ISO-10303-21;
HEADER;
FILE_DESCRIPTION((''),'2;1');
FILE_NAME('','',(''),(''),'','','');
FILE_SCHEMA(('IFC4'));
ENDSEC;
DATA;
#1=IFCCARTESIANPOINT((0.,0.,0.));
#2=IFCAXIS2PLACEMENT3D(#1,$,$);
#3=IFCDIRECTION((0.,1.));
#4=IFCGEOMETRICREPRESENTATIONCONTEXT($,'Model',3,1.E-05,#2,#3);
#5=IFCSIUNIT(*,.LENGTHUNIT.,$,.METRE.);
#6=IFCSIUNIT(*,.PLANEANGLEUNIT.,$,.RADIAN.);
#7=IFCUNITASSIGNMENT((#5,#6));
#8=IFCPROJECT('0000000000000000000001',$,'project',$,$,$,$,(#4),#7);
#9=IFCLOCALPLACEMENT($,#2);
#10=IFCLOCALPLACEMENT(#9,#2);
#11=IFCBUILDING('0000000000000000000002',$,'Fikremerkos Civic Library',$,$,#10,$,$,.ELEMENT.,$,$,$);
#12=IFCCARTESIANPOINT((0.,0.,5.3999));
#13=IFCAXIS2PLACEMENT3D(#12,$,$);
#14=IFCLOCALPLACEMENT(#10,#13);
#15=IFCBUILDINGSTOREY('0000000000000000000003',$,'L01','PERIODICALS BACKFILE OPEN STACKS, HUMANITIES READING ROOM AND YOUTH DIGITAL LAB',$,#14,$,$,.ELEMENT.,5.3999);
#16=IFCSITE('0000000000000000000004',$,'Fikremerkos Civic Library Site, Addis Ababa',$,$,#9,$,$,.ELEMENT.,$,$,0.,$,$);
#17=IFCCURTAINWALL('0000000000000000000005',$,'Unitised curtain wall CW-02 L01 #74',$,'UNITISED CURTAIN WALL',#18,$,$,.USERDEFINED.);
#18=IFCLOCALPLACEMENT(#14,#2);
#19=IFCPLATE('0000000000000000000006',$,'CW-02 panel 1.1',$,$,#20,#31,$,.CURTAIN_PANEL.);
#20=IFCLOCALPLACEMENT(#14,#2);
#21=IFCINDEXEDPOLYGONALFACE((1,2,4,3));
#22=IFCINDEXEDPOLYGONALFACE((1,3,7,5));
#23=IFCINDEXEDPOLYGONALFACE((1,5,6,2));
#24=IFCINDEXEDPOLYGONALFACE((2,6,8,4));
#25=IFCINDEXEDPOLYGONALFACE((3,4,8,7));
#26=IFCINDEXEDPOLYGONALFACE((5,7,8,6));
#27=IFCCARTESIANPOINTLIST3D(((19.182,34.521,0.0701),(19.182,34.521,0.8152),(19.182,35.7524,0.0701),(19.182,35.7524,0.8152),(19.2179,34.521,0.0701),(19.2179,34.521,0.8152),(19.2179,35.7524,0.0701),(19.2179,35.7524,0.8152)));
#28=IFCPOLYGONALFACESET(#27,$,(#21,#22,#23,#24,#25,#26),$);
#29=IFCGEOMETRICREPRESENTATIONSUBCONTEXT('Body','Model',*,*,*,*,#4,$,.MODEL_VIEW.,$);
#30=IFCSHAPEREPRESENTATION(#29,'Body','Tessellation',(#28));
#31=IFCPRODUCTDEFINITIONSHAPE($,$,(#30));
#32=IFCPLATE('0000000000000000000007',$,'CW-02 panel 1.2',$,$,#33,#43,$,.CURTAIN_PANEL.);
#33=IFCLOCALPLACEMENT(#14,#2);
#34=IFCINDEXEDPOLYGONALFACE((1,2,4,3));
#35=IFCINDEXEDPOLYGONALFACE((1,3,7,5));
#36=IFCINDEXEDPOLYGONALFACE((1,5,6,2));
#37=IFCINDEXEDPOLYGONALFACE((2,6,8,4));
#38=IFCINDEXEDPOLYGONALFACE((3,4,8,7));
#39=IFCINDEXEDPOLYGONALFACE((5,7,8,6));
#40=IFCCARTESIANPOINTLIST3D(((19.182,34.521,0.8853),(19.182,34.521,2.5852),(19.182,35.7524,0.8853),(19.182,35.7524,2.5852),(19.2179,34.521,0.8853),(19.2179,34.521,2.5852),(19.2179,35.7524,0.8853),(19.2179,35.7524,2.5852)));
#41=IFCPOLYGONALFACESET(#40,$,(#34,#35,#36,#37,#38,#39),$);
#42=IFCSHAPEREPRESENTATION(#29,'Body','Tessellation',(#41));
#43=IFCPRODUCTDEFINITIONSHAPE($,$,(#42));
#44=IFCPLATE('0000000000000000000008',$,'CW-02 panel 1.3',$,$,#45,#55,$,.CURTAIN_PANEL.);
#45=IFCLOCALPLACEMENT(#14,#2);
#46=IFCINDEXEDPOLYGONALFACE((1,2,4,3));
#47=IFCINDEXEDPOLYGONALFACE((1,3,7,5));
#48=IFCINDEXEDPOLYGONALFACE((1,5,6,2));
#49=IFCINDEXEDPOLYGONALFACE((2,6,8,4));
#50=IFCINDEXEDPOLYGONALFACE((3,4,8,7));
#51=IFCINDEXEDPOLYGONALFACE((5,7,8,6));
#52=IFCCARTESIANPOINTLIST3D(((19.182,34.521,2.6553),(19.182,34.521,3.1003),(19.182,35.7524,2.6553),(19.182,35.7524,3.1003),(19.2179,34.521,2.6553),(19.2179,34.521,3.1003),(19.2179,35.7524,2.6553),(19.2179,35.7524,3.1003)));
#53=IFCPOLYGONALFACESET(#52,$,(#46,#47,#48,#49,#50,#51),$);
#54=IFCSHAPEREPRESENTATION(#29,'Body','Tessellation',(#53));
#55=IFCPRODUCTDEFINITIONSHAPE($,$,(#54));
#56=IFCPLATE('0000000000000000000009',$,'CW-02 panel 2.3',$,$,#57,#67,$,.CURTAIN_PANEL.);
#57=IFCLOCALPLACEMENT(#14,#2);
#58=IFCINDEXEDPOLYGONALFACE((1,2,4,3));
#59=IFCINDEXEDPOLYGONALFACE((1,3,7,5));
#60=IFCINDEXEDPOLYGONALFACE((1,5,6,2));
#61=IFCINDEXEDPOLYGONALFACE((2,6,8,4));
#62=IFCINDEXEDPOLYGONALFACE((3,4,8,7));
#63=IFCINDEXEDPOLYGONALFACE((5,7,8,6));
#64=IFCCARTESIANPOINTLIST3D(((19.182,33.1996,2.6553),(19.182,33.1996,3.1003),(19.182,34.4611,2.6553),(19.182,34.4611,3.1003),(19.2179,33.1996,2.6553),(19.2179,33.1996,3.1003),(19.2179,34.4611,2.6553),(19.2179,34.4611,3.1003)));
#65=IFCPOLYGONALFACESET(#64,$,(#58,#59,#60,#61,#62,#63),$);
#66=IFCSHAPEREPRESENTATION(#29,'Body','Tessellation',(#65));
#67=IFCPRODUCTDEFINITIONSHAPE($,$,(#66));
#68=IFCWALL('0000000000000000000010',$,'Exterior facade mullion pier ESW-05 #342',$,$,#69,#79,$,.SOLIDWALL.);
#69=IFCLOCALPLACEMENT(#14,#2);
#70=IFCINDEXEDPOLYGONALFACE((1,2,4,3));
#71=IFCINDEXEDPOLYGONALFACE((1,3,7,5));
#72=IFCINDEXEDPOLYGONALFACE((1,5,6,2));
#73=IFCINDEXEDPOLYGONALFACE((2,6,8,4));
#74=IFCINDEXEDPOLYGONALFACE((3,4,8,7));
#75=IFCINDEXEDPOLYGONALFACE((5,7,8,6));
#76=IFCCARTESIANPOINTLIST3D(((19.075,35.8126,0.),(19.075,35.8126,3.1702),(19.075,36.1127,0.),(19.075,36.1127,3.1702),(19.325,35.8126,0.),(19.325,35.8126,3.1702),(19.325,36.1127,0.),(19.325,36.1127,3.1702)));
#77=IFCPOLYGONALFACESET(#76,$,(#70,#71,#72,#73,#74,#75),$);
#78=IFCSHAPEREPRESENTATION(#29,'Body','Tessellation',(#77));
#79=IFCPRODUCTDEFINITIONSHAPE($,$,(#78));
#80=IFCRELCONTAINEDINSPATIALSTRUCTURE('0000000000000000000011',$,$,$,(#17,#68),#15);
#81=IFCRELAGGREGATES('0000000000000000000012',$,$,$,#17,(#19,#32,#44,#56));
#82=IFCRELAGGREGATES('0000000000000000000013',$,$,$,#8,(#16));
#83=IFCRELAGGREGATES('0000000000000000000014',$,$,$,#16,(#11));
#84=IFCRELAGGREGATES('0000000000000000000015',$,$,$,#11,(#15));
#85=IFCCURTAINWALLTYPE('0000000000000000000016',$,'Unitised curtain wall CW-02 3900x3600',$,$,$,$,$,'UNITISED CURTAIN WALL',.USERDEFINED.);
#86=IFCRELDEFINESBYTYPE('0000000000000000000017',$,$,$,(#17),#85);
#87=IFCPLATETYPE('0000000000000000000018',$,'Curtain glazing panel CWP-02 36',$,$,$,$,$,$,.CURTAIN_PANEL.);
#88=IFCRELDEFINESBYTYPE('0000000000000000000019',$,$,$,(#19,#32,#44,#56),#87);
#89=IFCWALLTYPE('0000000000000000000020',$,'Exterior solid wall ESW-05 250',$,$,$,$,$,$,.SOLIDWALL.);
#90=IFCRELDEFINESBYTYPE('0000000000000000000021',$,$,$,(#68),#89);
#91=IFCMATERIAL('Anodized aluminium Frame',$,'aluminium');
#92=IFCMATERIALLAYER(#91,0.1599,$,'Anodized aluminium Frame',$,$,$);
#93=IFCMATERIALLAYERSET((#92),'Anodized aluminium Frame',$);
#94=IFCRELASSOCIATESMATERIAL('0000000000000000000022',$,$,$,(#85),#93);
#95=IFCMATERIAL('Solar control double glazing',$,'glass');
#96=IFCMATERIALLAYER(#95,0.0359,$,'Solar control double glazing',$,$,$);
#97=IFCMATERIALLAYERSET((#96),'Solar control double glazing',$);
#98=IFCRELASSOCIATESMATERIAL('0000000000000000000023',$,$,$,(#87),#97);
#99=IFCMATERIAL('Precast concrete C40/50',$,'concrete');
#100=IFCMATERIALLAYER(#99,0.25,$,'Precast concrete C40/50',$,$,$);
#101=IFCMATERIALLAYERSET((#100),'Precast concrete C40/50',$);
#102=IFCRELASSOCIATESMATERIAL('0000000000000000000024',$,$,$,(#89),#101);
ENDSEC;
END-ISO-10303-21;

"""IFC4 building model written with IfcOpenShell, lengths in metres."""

from ifc_helpers import new_model, si_unit, direction, frame, frame_2d, origin, origin_2d, place, context, subcontext, project, spatial, rectangle, extrude, material, layer, layer_set, type_object, element, aggregate, save


model = new_model("IFC4")

# Units and contexts
model_context = context("Model", 3, precision=1e-05, world=origin(), true_north=direction((0.0, 1.0)))
body_context = subcontext(model_context, "Body", "Model", "MODEL_VIEW")
ifc_project = project(units=[si_unit("LENGTHUNIT", "METRE"), si_unit("PLANEANGLEUNIT", "RADIAN")], contexts=[model_context])

# Site, building, storey
site_placement = place(None, origin())
site = spatial("IfcSite", under=ifc_project, at=site_placement, Name="Fikremerkos Civic Library Site, Addis Ababa", CompositionType="ELEMENT", RefElevation=0.0)
building_placement = place(site_placement, origin())
building = spatial("IfcBuilding", under=site, at=building_placement, Name="Fikremerkos Civic Library", CompositionType="ELEMENT")
storey_placement = place(building_placement, frame((0.0, 0.0, 5.3999)))
storey = spatial("IfcBuildingStorey", under=building, at=storey_placement, Name="L01", Description="PERIODICALS BACKFILE OPEN STACKS, HUMANITIES READING ROOM AND YOUTH DIGITAL LAB", CompositionType="ELEMENT", Elevation=5.3999)

# Curtain wall
ifc_material_1 = material(Name="Anodized aluminium Frame", Category="aluminium")
ifc_layer_1 = layer(ifc_material_1, 0.1599, Name="Anodized aluminium Frame")
ifc_layer_set_1 = layer_set([ifc_layer_1], Name="Anodized aluminium Frame")
curtain_wall_type_1 = type_object("IfcCurtainWallType", Name="Unitised curtain wall CW-02 3900x3600", ElementType="UNITISED CURTAIN WALL", PredefinedType="USERDEFINED", material=ifc_layer_set_1)
curtain_wall_1_placement = place(storey_placement, origin())
curtain_wall_1 = element("IfcCurtainWall", 1, at=curtain_wall_1_placement, inside=storey, type_object=curtain_wall_type_1, Name="Unitised curtain wall CW-02 L01 #74", ObjectType="UNITISED CURTAIN WALL", PredefinedType="USERDEFINED")

# Plates
ifc_material_2 = material(Name="Solar control double glazing", Category="glass")
ifc_layer_2 = layer(ifc_material_2, 0.0359, Name="Solar control double glazing")
ifc_layer_set_2 = layer_set([ifc_layer_2], Name="Solar control double glazing")
plate_type_1 = type_object("IfcPlateType", Name="Curtain glazing panel CWP-02 36", PredefinedType="CURTAIN_PANEL", material=ifc_layer_set_2)
plate_1_placement = place(storey_placement, frame((19.2, 35.1367, 0.0701), z_axis=(0.0, 0.0, 1.0), x_axis=(0.0, -1.0, 0.0)))
plate_1 = element("IfcPlate", 2, at=plate_1_placement, type_object=plate_type_1, Name="CW-02 panel 1.1", PredefinedType="CURTAIN_PANEL", context=body_context, shape_type="SweptSolid", body=[
    extrude(rectangle(XDim=1.2314, YDim=0.0359, at=origin_2d()), origin(), (0.0, 0.0, 1.0), 0.7451),
])
plate_2_placement = place(storey_placement, frame((19.2, 35.1367, 0.8853), z_axis=(0.0, 0.0, 1.0), x_axis=(0.0, -1.0, 0.0)))
plate_2 = element("IfcPlate", 3, at=plate_2_placement, type_object=plate_type_1, Name="CW-02 panel 1.2", PredefinedType="CURTAIN_PANEL", context=body_context, shape_type="SweptSolid", body=[
    extrude(rectangle(XDim=1.2314, YDim=0.0359, at=origin_2d()), origin(), (0.0, 0.0, 1.0), 1.7),
])
plate_3_placement = place(storey_placement, frame((19.2, 35.1367, 2.6553), z_axis=(0.0, 0.0, 1.0), x_axis=(0.0, -1.0, 0.0)))
plate_3 = element("IfcPlate", 4, at=plate_3_placement, type_object=plate_type_1, Name="CW-02 panel 1.3", PredefinedType="CURTAIN_PANEL", context=body_context, shape_type="SweptSolid", body=[
    extrude(rectangle(XDim=1.2314, YDim=0.0359, at=origin_2d()), origin(), (0.0, 0.0, 1.0), 0.4451),
])
plate_4_placement = place(storey_placement, frame((19.2, 33.8303, 2.6553), z_axis=(0.0, 0.0, 1.0), x_axis=(0.0, -1.0, 0.0)))
plate_4 = element("IfcPlate", 5, at=plate_4_placement, type_object=plate_type_1, Name="CW-02 panel 2.3", PredefinedType="CURTAIN_PANEL", context=body_context, shape_type="SweptSolid", body=[
    extrude(rectangle(XDim=1.2615, YDim=0.0359, at=origin_2d()), origin(), (0.0, 0.0, 1.0), 0.4451),
])
aggregate(curtain_wall_1, [plate_1, plate_2, plate_3, plate_4])

# Wall
ifc_material_3 = material(Name="Precast concrete C40/50", Category="concrete")
ifc_layer_3 = layer(ifc_material_3, 0.25, Name="Precast concrete C40/50")
ifc_layer_set_3 = layer_set([ifc_layer_3], Name="Precast concrete C40/50")
wall_type = type_object("IfcWallType", Name="Exterior solid wall ESW-05 250", PredefinedType="SOLIDWALL", material=ifc_layer_set_3)
wall_placement = place(storey_placement, frame((19.2, 36.1125, 0.0), z_axis=(0.0, 0.0, 1.0), x_axis=(0.0, -1.0, 0.0)))
element("IfcWall", 6, at=wall_placement, inside=storey, type_object=wall_type, Name="Exterior facade mullion pier ESW-05 #342", PredefinedType="SOLIDWALL", context=body_context, shape_type="SweptSolid", body=[
    extrude(rectangle(XDim=0.3, YDim=0.25, at=frame_2d((0.1499, 0.0))), origin(), (0.0, 0.0, 1.0), 3.1702),
])

save(model, "model.ifc")
